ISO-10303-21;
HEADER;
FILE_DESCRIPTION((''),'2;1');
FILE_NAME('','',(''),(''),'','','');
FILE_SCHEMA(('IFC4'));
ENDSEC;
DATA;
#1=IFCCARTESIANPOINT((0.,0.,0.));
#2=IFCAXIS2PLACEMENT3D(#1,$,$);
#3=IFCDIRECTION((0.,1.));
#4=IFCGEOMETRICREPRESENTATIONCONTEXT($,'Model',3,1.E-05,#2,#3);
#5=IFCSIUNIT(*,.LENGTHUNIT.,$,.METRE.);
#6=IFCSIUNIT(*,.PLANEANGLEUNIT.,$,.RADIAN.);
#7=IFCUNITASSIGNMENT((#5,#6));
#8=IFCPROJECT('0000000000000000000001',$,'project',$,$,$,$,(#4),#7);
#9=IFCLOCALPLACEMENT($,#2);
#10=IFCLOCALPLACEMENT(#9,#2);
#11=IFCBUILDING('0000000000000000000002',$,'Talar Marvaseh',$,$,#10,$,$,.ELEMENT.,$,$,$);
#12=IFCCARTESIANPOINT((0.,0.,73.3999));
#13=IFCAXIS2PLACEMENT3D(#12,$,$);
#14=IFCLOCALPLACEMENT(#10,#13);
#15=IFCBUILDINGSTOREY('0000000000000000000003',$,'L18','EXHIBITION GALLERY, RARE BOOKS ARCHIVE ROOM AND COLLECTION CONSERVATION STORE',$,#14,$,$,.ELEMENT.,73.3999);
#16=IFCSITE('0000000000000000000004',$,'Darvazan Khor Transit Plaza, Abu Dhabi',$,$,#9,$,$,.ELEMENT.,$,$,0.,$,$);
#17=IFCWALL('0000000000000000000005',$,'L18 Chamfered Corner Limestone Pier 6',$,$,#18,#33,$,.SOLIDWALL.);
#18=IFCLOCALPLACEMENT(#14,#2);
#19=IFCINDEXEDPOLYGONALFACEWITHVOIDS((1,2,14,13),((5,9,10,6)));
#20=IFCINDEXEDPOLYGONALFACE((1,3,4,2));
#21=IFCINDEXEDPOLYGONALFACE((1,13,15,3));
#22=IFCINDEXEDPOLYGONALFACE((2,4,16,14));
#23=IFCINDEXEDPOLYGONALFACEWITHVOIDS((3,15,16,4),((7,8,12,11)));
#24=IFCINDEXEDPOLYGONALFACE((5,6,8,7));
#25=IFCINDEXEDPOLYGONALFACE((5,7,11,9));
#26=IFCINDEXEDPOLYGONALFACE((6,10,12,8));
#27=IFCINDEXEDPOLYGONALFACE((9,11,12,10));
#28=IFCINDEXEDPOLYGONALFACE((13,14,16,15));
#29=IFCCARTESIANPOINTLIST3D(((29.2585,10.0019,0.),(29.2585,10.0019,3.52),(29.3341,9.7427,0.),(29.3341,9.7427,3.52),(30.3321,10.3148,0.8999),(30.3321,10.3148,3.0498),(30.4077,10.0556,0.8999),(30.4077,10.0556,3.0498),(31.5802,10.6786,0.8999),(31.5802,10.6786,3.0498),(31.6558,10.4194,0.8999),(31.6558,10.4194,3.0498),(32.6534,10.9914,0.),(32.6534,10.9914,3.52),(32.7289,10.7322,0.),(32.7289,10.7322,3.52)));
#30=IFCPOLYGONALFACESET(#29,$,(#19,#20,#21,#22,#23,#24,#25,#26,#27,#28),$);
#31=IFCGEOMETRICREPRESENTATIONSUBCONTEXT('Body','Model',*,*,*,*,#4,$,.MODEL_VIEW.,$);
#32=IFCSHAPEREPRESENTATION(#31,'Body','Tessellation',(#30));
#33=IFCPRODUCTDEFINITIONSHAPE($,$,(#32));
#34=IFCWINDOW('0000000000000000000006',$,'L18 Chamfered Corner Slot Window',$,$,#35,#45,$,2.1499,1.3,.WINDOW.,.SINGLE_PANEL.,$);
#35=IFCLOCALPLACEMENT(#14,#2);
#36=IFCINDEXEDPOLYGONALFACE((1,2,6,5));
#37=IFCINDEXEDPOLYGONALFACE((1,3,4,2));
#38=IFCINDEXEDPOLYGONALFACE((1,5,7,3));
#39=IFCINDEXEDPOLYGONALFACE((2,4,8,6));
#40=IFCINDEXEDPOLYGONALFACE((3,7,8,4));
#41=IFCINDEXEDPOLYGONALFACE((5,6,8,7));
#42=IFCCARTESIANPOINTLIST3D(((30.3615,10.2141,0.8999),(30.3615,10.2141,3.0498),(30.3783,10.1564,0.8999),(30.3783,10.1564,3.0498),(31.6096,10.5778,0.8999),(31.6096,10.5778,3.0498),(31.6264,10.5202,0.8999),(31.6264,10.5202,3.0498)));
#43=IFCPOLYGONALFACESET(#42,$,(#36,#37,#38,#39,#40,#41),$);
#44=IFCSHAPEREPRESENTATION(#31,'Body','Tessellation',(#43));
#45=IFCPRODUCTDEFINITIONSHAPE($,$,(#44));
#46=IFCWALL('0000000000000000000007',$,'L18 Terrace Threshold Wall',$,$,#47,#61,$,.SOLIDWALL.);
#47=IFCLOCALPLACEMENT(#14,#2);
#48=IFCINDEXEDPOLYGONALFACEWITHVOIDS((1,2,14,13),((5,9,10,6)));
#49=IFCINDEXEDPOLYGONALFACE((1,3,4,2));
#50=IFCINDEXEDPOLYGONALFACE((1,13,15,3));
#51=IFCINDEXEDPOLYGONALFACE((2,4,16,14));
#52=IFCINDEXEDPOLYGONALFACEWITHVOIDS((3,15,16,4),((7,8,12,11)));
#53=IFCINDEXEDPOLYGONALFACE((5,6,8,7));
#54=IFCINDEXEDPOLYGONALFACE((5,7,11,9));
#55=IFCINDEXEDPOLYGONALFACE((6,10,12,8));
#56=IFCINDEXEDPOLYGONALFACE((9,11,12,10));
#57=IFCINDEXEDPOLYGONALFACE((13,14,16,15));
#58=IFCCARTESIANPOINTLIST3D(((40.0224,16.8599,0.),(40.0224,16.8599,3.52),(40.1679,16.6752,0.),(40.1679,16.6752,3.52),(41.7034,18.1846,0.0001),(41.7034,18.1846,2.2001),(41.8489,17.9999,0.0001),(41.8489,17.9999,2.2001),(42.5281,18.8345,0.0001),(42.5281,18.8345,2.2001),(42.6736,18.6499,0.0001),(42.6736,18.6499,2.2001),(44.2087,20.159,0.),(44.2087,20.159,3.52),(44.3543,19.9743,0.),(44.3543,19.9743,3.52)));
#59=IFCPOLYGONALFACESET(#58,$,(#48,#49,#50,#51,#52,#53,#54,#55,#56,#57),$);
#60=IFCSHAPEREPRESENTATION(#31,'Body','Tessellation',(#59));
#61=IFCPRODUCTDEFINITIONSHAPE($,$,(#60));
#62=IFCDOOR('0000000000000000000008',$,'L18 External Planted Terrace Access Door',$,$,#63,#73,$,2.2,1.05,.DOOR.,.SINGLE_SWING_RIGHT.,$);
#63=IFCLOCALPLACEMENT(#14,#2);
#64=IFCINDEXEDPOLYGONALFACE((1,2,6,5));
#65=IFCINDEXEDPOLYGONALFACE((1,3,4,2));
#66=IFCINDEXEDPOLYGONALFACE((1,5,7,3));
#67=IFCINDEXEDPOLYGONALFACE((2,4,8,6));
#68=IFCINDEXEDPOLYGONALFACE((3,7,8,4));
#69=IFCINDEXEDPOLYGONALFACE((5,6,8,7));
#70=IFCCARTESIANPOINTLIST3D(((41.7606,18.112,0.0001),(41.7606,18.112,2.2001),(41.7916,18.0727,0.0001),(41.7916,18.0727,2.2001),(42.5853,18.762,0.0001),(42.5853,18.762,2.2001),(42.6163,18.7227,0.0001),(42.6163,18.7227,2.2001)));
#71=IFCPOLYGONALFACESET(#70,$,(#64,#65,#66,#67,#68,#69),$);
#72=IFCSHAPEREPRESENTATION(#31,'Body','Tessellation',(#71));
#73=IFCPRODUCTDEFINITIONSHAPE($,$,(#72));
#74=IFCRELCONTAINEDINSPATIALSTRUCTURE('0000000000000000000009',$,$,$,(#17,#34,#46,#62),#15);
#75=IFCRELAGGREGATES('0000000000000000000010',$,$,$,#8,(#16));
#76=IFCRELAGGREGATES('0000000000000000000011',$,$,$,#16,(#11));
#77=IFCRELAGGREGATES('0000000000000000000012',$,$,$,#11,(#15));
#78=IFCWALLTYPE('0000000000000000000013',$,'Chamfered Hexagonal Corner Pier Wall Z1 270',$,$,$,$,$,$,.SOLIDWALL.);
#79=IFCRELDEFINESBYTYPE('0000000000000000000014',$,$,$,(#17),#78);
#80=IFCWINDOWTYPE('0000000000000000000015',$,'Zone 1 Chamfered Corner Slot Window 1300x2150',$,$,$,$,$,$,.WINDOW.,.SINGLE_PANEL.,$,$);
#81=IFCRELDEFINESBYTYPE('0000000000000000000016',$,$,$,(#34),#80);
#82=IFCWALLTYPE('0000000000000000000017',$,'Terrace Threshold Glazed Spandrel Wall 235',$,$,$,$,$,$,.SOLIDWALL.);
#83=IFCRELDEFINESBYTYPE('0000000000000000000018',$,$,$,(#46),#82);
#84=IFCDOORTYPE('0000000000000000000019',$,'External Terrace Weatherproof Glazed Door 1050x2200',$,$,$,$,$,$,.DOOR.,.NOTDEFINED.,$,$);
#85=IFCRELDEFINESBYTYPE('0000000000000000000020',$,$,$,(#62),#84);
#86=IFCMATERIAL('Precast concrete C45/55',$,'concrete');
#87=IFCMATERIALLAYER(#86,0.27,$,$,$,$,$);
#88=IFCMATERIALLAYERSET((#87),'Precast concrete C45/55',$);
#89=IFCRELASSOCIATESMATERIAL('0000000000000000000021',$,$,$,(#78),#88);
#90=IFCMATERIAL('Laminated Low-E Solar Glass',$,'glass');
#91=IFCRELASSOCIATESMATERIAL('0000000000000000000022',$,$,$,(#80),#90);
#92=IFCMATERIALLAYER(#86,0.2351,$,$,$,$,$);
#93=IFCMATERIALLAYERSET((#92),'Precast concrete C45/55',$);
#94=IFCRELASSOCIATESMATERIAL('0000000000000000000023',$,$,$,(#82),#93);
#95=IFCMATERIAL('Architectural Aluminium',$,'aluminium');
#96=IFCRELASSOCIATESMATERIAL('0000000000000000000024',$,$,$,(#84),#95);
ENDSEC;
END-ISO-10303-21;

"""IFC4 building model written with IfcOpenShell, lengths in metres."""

from ifc_helpers import new_model, si_unit, direction, frame, frame_2d, origin, place, context, subcontext, project, spatial, rectangle, extrude, source, transform, mapped, material, layer, layer_set, type_object, type_shapes, element, fill, save


model = new_model("IFC4")

# Units and contexts
model_context = context("Model", 3, precision=1e-05, world=origin(), true_north=direction((0.0, 1.0)))
body_context = subcontext(model_context, "Body", "Model", "MODEL_VIEW")
ifc_project = project(units=[si_unit("LENGTHUNIT", "METRE"), si_unit("PLANEANGLEUNIT", "RADIAN")], contexts=[model_context])

# Site, building, storey
site_placement = place(None, origin())
site = spatial("IfcSite", under=ifc_project, at=site_placement, Name="Darvazan Khor Transit Plaza, Abu Dhabi", CompositionType="ELEMENT", RefElevation=0.0)
building_placement = place(site_placement, origin())
building = spatial("IfcBuilding", under=site, at=building_placement, Name="Talar Marvaseh", CompositionType="ELEMENT")
storey_placement = place(building_placement, frame((0.0, 0.0, 73.3999)))
storey = spatial("IfcBuildingStorey", under=building, at=storey_placement, Name="L18", Description="EXHIBITION GALLERY, RARE BOOKS ARCHIVE ROOM AND COLLECTION CONSERVATION STORE", CompositionType="ELEMENT", Elevation=73.3999)

# Shared definitions
ifc_material_1 = material(Name="Architectural Aluminium", Category="aluminium")

# Shared definitions
ifc_material_2 = material(Name="Laminated Low-E Solar Glass", Category="glass")

# Wall, opening, window
ifc_material_3 = material(Name="Precast concrete C45/55", Category="concrete")
ifc_layer_1 = layer(ifc_material_3, 0.27)
ifc_layer_set_1 = layer_set([ifc_layer_1], Name="Precast concrete C45/55")
wall_type_1 = type_object("IfcWallType", Name="Chamfered Hexagonal Corner Pier Wall Z1 270", PredefinedType="SOLIDWALL", material=ifc_layer_set_1)
wall_1_placement = place(storey_placement, frame((32.6912, 10.8618, 0.0), z_axis=(0.0, 0.0, 1.0), x_axis=(-0.960049, -0.279833, 0.0)))
wall_1 = element("IfcWall", 1, at=wall_1_placement, inside=storey, type_object=wall_type_1, Name="L18 Chamfered Corner Limestone Pier 6", PredefinedType="SOLIDWALL", context=body_context, shape_type="SweptSolid", body=[
    extrude(rectangle(XDim=3.5361, YDim=0.27, at=frame_2d((1.7681, 0.0))), origin(), (0.0, 0.0, 1.0), 3.52),
])
opening_1_placement = place(wall_1_placement, frame((1.1179, 0.0, 0.8999)))
opening_1 = element("IfcOpeningElement", 2, at=opening_1_placement, cuts=wall_1, PredefinedType="OPENING", context=body_context, shape_type="SweptSolid", body=[
    extrude(rectangle(XDim=1.3, YDim=2.1499, at=frame_2d((0.6499, 1.075))), frame((0.0, 0.145, 0.0), z_axis=(0.0, -1.0, 0.0), x_axis=(1.0, 0.0, 0.0)), (0.0, 0.0, 1.0), 0.29),
])
window_type = type_object("IfcWindowType", Name="Zone 1 Chamfered Corner Slot Window 1300x2150", PartitioningType="SINGLE_PANEL", PredefinedType="WINDOW", material=ifc_material_2)
shared_shape_1 = source(origin(), body_context, "Body", "SweptSolid", [
    extrude(rectangle(XDim=1.3, YDim=2.1499, at=frame_2d((0.6499, 1.075))), frame((0.0, 0.03, 0.0), z_axis=(0.0, -1.0, 0.0), x_axis=(1.0, 0.0, 0.0)), (0.0, 0.0, 1.0), 0.0601),
])
type_shapes(window_type, [shared_shape_1])
window_placement = place(opening_1_placement, origin())
window = element("IfcWindow", 3, at=window_placement, inside=storey, type_object=window_type, Name="L18 Chamfered Corner Slot Window", OverallHeight=2.1499, OverallWidth=1.3, PartitioningType="SINGLE_PANEL", PredefinedType="WINDOW", context=body_context, shape_type="MappedRepresentation", body=[
    mapped(shared_shape_1, transform((0.0, 0.0, 0.0), x_axis=(1.0, 0.0, 0.0), y_axis=(0.0, 1.0, 0.0), z_axis=(0.0, 0.0, 1.0), scale=1.0)),
])
fill(opening_1, window)

# Wall, opening, door
ifc_layer_2 = layer(ifc_material_3, 0.2351)
ifc_layer_set_2 = layer_set([ifc_layer_2], Name="Precast concrete C45/55")
wall_type_2 = type_object("IfcWallType", Name="Terrace Threshold Glazed Spandrel Wall 235", PredefinedType="SOLIDWALL", material=ifc_layer_set_2)
wall_2_placement = place(storey_placement, frame((44.2815, 20.0667, 0.0), z_axis=(0.0, 0.0, 1.0), x_axis=(-0.785419, -0.618964, 0.0)))
wall_2 = element("IfcWall", 4, at=wall_2_placement, inside=storey, type_object=wall_type_2, Name="L18 Terrace Threshold Wall", PredefinedType="SOLIDWALL", context=body_context, shape_type="SweptSolid", body=[
    extrude(rectangle(XDim=5.3301, YDim=0.2351, at=frame_2d((2.665, 0.0))), origin(), (0.0, 0.0, 1.0), 3.52),
])
opening_2_placement = place(wall_2_placement, frame((2.1399, 0.0, 0.0)))
opening_2 = element("IfcOpeningElement", 5, at=opening_2_placement, cuts=wall_2, PredefinedType="OPENING", context=body_context, shape_type="SweptSolid", body=[
    extrude(rectangle(XDim=1.05, YDim=2.2, at=frame_2d((0.5249, 1.1001))), frame((0.0, 0.1274, 0.0), z_axis=(0.0, -1.0, 0.0), x_axis=(1.0, 0.0, 0.0)), (0.0, 0.0, 1.0), 0.2551),
])
door_type = type_object("IfcDoorType", Name="External Terrace Weatherproof Glazed Door 1050x2200", OperationType="NOTDEFINED", PredefinedType="DOOR", material=ifc_material_1)
shared_shape_2 = source(origin(), body_context, "Body", "SweptSolid", [
    extrude(rectangle(XDim=1.05, YDim=2.2, at=frame_2d((0.5249, 1.1001))), frame((0.0, 0.0249, 0.0), z_axis=(0.0, -1.0, 0.0), x_axis=(1.0, 0.0, 0.0)), (0.0, 0.0, 1.0), 0.05),
])
type_shapes(door_type, [shared_shape_2])
door_placement = place(opening_2_placement, origin())
door = element("IfcDoor", 6, at=door_placement, inside=storey, type_object=door_type, Name="L18 External Planted Terrace Access Door", OperationType="SINGLE_SWING_RIGHT", OverallHeight=2.2, OverallWidth=1.05, PredefinedType="DOOR", context=body_context, shape_type="MappedRepresentation", body=[
    mapped(shared_shape_2, transform((0.0, 0.0, 0.0), x_axis=(1.0, 0.0, 0.0), y_axis=(0.0, 1.0, 0.0), z_axis=(0.0, 0.0, 1.0), scale=1.0)),
])
fill(opening_2, door)

save(model, "model.ifc")
